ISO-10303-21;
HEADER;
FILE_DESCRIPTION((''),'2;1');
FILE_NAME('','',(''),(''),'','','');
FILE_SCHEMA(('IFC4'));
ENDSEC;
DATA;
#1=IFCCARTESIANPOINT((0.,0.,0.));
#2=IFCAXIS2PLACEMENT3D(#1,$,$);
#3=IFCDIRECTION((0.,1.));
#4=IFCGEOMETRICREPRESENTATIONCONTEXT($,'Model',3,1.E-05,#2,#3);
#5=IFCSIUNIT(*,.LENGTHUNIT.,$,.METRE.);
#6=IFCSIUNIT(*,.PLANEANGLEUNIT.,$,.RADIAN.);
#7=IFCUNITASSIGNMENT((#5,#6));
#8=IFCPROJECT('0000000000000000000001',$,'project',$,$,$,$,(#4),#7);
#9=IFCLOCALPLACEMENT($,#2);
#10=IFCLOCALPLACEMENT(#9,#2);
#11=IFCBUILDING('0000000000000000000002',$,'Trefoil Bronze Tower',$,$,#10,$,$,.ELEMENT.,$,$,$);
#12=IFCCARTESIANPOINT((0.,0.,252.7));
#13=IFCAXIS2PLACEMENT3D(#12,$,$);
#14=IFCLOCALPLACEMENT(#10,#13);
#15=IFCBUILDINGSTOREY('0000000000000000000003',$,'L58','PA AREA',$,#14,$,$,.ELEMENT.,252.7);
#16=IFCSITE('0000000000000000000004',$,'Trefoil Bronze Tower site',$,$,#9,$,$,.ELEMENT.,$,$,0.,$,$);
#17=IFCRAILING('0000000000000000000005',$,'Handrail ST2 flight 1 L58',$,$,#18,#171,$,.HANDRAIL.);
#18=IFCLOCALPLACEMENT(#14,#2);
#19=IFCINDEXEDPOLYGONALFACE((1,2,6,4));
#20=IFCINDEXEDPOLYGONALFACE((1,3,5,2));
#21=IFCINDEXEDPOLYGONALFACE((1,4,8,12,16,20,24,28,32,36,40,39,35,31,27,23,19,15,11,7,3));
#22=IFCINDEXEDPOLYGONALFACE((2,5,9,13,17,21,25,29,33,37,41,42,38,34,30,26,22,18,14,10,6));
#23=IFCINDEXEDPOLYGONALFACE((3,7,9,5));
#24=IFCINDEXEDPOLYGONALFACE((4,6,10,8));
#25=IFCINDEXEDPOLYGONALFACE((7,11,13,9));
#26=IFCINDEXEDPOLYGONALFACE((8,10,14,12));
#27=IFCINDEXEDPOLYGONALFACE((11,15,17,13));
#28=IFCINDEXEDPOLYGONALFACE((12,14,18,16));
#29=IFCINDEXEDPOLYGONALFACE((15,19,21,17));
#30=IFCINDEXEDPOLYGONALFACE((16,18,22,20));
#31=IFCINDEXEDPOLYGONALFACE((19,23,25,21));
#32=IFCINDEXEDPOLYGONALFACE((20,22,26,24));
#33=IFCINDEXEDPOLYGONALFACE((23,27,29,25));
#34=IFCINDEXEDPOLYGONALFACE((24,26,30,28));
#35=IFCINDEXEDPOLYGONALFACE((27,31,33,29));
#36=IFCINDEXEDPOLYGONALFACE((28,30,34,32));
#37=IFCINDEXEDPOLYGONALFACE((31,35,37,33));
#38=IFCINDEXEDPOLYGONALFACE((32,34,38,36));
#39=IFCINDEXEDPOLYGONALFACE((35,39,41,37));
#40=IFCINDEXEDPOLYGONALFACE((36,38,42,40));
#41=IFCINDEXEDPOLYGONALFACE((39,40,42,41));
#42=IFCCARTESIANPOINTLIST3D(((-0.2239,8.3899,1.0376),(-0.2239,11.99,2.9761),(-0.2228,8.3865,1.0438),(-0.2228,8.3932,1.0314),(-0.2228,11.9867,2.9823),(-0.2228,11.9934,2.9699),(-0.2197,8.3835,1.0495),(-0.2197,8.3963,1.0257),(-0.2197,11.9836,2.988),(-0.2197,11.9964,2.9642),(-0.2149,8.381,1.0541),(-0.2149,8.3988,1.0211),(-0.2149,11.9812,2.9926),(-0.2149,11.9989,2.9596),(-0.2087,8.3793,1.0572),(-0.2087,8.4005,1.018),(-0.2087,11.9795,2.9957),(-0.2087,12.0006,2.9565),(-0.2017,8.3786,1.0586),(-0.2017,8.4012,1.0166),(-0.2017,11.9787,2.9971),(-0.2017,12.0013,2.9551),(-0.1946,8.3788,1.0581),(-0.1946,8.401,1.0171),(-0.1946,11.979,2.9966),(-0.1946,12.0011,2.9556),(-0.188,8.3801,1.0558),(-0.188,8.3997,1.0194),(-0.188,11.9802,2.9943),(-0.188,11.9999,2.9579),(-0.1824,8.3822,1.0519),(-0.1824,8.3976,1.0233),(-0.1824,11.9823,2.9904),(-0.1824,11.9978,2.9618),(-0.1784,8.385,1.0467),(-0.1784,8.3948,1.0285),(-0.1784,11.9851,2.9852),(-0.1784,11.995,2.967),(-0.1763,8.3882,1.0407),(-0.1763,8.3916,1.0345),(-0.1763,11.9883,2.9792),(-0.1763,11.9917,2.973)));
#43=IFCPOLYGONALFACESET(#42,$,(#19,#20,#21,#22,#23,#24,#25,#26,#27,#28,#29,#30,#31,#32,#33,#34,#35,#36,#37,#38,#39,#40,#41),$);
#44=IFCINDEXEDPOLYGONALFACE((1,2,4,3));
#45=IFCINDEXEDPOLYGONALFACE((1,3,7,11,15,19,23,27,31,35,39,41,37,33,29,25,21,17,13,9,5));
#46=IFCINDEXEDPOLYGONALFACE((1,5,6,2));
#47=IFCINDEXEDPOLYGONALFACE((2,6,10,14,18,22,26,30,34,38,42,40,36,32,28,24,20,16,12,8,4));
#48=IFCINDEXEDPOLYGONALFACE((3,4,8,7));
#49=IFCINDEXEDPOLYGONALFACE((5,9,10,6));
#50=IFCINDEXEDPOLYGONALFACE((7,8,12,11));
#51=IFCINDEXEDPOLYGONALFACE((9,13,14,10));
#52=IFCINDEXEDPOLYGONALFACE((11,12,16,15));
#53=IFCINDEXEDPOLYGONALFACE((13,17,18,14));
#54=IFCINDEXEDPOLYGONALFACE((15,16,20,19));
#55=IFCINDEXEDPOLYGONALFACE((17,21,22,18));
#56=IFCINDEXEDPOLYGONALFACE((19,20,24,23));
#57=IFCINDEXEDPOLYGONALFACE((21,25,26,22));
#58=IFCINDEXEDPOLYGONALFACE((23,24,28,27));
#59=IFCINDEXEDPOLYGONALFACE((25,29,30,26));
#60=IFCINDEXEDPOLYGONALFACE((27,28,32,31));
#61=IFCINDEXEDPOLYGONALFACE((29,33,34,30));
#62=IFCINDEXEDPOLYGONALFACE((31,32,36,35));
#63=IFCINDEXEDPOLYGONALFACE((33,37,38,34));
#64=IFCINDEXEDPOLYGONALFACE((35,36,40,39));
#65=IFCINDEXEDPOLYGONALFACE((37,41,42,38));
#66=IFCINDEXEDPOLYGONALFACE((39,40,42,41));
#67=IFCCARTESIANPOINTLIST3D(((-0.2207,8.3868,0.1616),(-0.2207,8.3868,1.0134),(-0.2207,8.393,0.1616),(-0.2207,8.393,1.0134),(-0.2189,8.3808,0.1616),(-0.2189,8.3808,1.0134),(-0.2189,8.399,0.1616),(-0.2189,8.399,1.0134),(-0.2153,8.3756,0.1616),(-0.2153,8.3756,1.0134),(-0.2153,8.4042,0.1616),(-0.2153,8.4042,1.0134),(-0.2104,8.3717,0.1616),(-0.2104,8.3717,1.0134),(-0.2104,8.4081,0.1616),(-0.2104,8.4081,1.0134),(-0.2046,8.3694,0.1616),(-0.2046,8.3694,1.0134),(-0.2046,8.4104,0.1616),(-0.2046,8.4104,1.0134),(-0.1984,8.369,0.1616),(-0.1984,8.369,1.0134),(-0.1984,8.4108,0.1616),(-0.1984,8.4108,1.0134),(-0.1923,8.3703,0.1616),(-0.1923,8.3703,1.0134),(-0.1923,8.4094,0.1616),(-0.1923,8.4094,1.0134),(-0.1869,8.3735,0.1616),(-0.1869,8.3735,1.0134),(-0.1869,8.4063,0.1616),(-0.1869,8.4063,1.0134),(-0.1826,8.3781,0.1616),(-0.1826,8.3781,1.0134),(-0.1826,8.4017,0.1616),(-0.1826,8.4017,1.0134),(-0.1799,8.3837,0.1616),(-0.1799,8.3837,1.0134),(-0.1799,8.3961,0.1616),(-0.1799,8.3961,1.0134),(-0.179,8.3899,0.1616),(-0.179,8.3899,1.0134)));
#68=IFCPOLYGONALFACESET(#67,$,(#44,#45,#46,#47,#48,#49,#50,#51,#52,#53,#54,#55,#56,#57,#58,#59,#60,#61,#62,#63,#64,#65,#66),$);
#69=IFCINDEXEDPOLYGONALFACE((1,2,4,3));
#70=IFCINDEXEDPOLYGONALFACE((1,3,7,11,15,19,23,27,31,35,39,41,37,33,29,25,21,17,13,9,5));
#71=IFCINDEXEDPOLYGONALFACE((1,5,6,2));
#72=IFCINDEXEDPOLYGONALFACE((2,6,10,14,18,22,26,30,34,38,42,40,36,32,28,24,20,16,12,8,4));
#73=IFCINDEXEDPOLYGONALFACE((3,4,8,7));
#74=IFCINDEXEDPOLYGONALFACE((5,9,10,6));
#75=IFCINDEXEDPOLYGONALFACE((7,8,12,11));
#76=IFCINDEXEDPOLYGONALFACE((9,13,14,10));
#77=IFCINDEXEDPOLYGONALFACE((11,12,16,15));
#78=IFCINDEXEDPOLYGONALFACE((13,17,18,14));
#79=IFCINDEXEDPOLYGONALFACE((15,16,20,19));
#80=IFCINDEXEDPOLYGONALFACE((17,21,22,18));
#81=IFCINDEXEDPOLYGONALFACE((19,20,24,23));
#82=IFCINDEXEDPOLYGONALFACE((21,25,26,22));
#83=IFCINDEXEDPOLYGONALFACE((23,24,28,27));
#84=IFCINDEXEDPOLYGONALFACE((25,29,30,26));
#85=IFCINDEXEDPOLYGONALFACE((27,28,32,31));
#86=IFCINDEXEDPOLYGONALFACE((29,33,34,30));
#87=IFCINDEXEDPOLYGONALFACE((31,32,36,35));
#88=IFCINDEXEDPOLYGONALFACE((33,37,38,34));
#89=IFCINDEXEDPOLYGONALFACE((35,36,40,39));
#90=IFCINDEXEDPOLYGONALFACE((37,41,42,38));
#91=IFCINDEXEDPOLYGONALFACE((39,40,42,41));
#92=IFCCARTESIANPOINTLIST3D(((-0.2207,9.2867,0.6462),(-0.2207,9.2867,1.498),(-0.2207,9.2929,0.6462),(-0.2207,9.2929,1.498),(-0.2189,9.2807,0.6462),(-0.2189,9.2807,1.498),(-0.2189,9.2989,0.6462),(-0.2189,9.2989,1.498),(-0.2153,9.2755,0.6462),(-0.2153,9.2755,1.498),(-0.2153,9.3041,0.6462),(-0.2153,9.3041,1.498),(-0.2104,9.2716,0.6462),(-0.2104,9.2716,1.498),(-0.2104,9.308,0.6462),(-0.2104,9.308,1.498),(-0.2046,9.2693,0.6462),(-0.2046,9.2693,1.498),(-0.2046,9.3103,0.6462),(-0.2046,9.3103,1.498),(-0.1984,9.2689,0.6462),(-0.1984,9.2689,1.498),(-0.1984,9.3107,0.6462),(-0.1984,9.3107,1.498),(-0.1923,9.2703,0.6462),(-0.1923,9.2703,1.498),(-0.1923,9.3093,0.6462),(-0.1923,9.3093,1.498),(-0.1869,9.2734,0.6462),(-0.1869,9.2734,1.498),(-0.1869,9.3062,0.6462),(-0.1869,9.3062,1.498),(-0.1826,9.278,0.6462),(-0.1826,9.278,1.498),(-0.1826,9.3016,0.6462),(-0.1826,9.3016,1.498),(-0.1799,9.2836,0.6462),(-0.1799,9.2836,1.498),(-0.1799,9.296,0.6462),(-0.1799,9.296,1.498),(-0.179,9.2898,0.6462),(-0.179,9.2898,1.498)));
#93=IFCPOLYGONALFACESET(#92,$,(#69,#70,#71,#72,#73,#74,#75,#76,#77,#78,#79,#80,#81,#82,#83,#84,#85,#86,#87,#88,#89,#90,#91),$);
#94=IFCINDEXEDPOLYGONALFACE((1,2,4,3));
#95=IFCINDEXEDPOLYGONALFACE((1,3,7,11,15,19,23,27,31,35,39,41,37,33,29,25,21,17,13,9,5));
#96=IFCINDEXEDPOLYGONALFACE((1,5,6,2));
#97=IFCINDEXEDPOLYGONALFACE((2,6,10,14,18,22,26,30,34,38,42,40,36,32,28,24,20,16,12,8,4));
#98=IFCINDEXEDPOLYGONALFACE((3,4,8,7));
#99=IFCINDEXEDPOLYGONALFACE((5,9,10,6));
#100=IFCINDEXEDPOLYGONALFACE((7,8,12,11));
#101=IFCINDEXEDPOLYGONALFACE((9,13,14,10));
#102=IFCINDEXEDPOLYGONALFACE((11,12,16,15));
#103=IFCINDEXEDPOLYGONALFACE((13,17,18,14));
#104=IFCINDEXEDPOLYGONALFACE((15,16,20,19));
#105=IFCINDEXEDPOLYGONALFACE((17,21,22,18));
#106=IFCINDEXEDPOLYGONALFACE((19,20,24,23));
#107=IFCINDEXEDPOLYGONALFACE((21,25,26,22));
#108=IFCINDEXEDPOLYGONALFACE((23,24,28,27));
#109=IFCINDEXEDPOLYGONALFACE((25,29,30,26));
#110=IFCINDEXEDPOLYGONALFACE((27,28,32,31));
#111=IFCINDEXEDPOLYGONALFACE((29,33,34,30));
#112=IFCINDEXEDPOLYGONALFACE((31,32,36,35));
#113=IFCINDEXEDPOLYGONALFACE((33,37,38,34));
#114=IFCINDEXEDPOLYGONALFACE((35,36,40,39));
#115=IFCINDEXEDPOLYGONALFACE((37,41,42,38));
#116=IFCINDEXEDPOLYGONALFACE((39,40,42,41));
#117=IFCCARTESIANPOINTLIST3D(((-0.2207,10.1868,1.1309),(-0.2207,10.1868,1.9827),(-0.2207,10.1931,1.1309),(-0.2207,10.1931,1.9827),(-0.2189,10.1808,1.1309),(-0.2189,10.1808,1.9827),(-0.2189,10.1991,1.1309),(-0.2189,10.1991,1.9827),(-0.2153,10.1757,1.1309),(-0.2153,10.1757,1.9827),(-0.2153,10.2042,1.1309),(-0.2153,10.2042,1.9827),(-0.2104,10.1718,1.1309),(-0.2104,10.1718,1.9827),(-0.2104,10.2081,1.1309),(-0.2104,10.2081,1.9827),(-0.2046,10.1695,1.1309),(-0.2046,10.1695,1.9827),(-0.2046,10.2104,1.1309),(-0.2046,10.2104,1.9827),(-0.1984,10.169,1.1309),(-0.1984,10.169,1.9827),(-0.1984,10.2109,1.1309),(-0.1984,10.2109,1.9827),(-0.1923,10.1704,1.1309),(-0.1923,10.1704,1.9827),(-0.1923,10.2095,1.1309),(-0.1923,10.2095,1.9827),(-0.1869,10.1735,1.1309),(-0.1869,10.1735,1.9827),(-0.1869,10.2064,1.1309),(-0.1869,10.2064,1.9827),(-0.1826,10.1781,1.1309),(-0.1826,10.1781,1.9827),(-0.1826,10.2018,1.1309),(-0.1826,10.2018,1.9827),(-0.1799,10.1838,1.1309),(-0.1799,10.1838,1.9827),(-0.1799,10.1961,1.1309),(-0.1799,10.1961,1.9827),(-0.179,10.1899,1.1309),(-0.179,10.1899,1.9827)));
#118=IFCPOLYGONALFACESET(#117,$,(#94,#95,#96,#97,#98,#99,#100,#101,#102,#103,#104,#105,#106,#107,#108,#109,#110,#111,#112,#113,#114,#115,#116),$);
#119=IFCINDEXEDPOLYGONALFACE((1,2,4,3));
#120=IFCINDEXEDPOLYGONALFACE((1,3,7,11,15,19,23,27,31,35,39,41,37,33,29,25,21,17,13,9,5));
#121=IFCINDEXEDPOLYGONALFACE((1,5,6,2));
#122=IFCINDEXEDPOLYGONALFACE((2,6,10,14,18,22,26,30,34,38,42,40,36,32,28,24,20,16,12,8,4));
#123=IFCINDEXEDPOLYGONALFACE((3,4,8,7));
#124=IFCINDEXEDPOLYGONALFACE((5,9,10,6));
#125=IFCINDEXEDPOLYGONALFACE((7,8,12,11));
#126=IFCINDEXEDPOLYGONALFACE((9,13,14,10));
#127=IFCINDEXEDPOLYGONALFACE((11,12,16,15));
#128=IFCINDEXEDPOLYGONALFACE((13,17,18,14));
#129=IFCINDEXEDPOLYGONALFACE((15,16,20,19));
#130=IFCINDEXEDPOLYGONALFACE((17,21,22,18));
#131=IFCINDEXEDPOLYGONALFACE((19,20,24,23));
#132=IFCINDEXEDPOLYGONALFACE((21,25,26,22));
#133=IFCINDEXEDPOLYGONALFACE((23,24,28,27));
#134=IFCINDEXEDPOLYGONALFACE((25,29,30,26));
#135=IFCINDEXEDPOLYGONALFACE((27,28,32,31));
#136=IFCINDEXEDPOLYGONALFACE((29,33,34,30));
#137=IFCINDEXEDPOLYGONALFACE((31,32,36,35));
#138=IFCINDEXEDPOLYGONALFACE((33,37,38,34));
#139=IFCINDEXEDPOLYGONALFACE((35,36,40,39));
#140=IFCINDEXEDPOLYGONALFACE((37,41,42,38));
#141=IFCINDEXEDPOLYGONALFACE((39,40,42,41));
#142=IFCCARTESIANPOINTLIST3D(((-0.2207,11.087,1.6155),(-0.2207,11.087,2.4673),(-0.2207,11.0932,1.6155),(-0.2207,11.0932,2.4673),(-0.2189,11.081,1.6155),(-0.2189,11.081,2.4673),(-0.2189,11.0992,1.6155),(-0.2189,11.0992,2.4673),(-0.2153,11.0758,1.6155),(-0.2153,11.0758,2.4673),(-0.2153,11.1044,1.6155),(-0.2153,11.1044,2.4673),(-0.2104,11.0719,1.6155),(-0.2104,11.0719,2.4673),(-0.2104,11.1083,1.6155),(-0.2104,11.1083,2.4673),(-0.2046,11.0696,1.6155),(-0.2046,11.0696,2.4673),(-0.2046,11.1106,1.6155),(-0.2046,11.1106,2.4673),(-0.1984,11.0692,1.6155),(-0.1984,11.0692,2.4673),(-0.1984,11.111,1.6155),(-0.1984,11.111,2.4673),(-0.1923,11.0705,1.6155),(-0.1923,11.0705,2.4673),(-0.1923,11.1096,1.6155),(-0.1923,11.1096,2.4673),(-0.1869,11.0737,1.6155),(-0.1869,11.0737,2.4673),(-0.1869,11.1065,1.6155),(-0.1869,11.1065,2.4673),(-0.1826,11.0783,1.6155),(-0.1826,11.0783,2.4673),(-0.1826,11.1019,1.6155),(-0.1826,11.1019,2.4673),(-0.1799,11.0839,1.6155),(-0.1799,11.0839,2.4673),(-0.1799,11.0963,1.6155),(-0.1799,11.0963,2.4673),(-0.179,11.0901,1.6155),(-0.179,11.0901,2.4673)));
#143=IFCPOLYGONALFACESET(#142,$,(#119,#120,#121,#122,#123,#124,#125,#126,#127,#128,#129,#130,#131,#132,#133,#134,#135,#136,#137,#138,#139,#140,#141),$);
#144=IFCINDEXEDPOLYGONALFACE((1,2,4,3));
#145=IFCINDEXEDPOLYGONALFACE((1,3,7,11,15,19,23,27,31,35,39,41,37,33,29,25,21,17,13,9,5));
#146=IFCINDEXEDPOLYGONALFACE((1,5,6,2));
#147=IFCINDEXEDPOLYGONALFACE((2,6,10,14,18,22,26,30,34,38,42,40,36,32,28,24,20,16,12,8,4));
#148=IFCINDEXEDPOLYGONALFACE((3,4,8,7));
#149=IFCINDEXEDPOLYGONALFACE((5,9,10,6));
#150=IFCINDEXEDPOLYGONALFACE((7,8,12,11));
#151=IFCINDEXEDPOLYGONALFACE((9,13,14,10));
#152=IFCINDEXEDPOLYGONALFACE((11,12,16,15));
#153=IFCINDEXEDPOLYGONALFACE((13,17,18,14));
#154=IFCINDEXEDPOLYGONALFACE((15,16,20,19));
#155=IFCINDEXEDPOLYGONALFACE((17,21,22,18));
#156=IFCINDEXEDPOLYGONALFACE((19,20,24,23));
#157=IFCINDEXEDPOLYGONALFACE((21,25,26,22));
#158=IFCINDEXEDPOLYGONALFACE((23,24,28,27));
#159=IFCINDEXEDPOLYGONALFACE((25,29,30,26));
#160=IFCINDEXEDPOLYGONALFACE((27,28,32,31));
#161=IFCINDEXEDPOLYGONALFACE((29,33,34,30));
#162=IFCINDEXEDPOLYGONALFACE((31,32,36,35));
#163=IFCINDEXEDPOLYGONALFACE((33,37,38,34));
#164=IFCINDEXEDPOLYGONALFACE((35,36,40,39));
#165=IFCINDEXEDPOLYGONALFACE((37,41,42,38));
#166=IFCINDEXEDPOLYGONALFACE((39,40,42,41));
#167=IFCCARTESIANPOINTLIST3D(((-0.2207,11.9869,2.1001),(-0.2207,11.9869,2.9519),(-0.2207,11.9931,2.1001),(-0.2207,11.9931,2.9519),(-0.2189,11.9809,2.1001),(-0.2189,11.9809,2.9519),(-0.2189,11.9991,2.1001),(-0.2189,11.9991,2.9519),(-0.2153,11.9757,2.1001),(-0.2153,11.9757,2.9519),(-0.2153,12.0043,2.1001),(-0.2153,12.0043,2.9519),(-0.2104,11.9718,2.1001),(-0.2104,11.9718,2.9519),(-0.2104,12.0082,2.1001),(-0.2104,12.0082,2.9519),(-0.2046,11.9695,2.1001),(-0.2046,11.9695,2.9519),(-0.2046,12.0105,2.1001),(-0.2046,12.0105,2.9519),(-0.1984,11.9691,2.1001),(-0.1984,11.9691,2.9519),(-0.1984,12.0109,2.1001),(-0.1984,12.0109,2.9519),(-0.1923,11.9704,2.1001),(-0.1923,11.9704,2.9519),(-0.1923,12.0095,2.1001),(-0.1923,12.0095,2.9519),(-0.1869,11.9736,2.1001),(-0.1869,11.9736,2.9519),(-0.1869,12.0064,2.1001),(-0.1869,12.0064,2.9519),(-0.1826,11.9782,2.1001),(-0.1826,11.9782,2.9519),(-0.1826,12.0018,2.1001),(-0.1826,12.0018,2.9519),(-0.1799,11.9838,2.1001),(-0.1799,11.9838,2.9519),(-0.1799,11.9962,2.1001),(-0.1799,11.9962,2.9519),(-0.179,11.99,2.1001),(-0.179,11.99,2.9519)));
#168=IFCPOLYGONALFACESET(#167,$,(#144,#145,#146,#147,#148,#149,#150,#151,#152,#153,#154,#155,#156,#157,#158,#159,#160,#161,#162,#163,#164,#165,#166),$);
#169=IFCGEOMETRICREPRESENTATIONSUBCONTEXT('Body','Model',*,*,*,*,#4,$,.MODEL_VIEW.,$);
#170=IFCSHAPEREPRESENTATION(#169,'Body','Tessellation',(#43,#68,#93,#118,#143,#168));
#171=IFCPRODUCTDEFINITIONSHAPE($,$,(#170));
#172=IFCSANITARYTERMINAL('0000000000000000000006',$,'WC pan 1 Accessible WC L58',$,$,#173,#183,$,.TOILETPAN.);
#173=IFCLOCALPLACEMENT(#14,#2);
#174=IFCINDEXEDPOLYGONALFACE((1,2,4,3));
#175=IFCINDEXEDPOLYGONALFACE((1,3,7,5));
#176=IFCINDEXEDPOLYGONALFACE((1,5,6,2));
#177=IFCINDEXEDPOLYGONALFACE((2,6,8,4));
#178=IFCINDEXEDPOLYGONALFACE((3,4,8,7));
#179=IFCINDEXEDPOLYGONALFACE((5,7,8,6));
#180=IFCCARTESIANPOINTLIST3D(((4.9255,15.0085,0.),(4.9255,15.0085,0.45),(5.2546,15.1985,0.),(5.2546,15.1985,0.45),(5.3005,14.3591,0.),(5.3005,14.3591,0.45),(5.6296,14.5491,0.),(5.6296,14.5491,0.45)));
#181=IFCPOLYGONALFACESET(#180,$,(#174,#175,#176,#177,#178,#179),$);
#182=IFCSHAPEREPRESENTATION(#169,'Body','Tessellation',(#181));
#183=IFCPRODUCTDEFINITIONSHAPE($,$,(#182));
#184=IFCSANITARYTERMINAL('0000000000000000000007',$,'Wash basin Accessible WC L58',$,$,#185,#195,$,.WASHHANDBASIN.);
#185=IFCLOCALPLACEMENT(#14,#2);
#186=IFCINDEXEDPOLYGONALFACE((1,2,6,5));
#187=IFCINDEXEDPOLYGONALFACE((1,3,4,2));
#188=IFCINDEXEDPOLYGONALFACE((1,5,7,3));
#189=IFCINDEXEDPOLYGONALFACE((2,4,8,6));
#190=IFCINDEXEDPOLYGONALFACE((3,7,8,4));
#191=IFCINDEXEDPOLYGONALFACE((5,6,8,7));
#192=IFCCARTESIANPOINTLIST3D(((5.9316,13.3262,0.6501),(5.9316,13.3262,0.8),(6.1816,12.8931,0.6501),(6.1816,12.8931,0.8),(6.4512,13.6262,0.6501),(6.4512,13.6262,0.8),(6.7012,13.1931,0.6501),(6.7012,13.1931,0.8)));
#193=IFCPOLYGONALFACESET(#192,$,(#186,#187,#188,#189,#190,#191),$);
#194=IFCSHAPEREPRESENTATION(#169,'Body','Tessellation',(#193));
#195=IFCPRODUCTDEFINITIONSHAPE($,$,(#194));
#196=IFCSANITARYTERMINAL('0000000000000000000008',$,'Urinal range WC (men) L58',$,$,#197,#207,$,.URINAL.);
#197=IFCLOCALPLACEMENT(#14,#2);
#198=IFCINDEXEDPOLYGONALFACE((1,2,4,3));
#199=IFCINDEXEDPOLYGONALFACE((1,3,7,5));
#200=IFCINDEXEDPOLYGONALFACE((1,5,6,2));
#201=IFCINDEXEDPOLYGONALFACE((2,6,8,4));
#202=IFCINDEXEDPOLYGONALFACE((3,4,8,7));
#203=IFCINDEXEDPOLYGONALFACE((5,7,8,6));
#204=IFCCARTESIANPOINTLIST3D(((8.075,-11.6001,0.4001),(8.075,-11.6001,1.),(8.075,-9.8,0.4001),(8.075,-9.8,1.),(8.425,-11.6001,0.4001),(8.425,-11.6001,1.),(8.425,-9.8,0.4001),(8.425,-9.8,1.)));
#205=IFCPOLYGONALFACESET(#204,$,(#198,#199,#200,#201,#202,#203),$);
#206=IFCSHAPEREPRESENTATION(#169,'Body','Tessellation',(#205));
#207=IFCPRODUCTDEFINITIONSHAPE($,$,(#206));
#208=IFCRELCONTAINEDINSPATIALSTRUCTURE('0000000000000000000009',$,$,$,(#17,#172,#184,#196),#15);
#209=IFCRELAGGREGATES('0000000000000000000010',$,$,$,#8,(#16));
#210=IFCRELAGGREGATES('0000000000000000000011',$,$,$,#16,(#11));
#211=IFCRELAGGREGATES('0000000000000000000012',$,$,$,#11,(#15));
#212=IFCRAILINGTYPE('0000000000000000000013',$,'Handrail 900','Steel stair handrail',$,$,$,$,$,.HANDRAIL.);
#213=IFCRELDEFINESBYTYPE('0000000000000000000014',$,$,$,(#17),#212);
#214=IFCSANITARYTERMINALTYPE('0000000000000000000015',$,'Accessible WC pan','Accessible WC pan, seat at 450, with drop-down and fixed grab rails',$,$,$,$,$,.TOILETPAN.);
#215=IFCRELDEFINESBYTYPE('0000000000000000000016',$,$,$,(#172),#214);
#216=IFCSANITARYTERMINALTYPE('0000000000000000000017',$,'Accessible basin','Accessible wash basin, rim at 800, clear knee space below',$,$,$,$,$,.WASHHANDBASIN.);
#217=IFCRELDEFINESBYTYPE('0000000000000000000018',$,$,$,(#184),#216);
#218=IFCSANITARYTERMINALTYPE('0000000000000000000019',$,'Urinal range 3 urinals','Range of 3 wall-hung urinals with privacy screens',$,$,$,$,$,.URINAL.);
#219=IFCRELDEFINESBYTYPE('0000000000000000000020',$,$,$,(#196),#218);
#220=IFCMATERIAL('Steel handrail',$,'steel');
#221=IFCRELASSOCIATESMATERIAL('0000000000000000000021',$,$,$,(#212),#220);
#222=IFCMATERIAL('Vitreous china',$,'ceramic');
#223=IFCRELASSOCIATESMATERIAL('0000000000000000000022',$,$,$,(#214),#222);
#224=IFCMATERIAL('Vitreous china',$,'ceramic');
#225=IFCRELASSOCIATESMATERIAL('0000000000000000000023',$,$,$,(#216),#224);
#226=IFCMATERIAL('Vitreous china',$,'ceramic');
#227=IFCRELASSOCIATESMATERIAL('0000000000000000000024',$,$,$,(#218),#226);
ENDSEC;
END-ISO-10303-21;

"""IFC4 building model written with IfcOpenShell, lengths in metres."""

from ifc_helpers import new_model, si_unit, direction, frame, origin, origin_2d, place, context, subcontext, project, spatial, polyline, circle, outline, extrude, material, type_object, element, save


model = new_model("IFC4")

# Units and contexts
model_context = context("Model", 3, precision=1e-05, world=origin(), true_north=direction((0.0, 1.0)))
body_context = subcontext(model_context, "Body", "Model", "MODEL_VIEW")
ifc_project = project(units=[si_unit("LENGTHUNIT", "METRE"), si_unit("PLANEANGLEUNIT", "RADIAN")], contexts=[model_context])

# Site, building, storey
site_placement = place(None, origin())
site = spatial("IfcSite", under=ifc_project, at=site_placement, Name="Trefoil Bronze Tower site", CompositionType="ELEMENT", RefElevation=0.0)
building_placement = place(site_placement, origin())
building = spatial("IfcBuilding", under=site, at=building_placement, Name="Trefoil Bronze Tower", CompositionType="ELEMENT")
storey_placement = place(building_placement, frame((0.0, 0.0, 252.7)))
storey = spatial("IfcBuildingStorey", under=building, at=storey_placement, Name="L58", Description="PA AREA", CompositionType="ELEMENT", Elevation=252.7)

# Railing
ifc_material_1 = material(Name="Steel handrail", Category="steel")
railing_type = type_object("IfcRailingType", Name="Handrail 900", Description="Steel stair handrail", PredefinedType="HANDRAIL", material=ifc_material_1)
railing_placement = place(storey_placement, frame((-0.2, 8.3899, 0.1616)))
element("IfcRailing", 1, at=railing_placement, inside=storey, type_object=railing_type, Name="Handrail ST2 flight 1 L58", PredefinedType="HANDRAIL", context=body_context, shape_type="SweptSolid", body=[
    extrude(circle(Radius=0.0239, at=origin_2d()), frame((0.0, 0.0, 0.876), z_axis=(0.0, 0.880475, 0.474093), x_axis=(-1.0, 0.0, 0.0)), (0.0, 0.0, 1.0), 4.0889),
    extrude(circle(Radius=0.021, at=origin_2d()), origin(), (0.0, 0.0, 1.0), 0.8518),
    extrude(circle(Radius=0.021, at=origin_2d()), frame((0.0, 0.8999, 0.4846)), (0.0, 0.0, 1.0), 0.8518),
    extrude(circle(Radius=0.021, at=origin_2d()), frame((0.0, 1.8, 0.9692)), (0.0, 0.0, 1.0), 0.8518),
    extrude(circle(Radius=0.021, at=origin_2d()), frame((0.0, 2.7002, 1.4539)), (0.0, 0.0, 1.0), 0.8518),
    extrude(circle(Radius=0.021, at=origin_2d()), frame((0.0, 3.6001, 1.9385)), (0.0, 0.0, 1.0), 0.8518),
])

# Sanitary terminals
ifc_material_2 = material(Name="Vitreous china", Category="ceramic")
sanitary_terminal_type_1 = type_object("IfcSanitaryTerminalType", Name="Accessible WC pan", Description="Accessible WC pan, seat at 450, with drop-down and fixed grab rails", PredefinedType="TOILETPAN", material=ifc_material_2)
sanitary_terminal_1_placement = place(storey_placement, origin())
element("IfcSanitaryTerminal", 2, at=sanitary_terminal_1_placement, inside=storey, type_object=sanitary_terminal_type_1, Name="WC pan 1 Accessible WC L58", PredefinedType="TOILETPAN", context=body_context, shape_type="SweptSolid", body=[
    extrude(outline(polyline([(5.3005, 14.3591), (4.9255, 15.0085), (5.2546, 15.1985), (5.6296, 14.5491), (5.3005, 14.3591)])), origin(), (0.0, 0.0, 1.0), 0.45),
])
ifc_material_3 = material(Name="Vitreous china", Category="ceramic")
sanitary_terminal_type_2 = type_object("IfcSanitaryTerminalType", Name="Accessible basin", Description="Accessible wash basin, rim at 800, clear knee space below", PredefinedType="WASHHANDBASIN", material=ifc_material_3)
sanitary_terminal_2_placement = place(storey_placement, frame((0.0, 0.0, 0.6501)))
element("IfcSanitaryTerminal", 3, at=sanitary_terminal_2_placement, inside=storey, type_object=sanitary_terminal_type_2, Name="Wash basin Accessible WC L58", PredefinedType="WASHHANDBASIN", context=body_context, shape_type="SweptSolid", body=[
    extrude(outline(polyline([(6.1816, 12.8931), (5.9316, 13.3262), (6.4512, 13.6262), (6.7012, 13.1931), (6.1816, 12.8931)])), origin(), (0.0, 0.0, 1.0), 0.1499),
])
ifc_material_4 = material(Name="Vitreous china", Category="ceramic")
sanitary_terminal_type_3 = type_object("IfcSanitaryTerminalType", Name="Urinal range 3 urinals", Description="Range of 3 wall-hung urinals with privacy screens", PredefinedType="URINAL", material=ifc_material_4)
sanitary_terminal_3_placement = place(storey_placement, frame((0.0, 0.0, 0.4001)))
element("IfcSanitaryTerminal", 4, at=sanitary_terminal_3_placement, inside=storey, type_object=sanitary_terminal_type_3, Name="Urinal range WC (men) L58", PredefinedType="URINAL", context=body_context, shape_type="SweptSolid", body=[
    extrude(outline(polyline([(8.075, -9.8), (8.425, -9.8), (8.425, -11.6001), (8.075, -11.6001), (8.075, -9.8)])), origin(), (0.0, 0.0, 1.0), 0.5999),
])

save(model, "model.ifc")
